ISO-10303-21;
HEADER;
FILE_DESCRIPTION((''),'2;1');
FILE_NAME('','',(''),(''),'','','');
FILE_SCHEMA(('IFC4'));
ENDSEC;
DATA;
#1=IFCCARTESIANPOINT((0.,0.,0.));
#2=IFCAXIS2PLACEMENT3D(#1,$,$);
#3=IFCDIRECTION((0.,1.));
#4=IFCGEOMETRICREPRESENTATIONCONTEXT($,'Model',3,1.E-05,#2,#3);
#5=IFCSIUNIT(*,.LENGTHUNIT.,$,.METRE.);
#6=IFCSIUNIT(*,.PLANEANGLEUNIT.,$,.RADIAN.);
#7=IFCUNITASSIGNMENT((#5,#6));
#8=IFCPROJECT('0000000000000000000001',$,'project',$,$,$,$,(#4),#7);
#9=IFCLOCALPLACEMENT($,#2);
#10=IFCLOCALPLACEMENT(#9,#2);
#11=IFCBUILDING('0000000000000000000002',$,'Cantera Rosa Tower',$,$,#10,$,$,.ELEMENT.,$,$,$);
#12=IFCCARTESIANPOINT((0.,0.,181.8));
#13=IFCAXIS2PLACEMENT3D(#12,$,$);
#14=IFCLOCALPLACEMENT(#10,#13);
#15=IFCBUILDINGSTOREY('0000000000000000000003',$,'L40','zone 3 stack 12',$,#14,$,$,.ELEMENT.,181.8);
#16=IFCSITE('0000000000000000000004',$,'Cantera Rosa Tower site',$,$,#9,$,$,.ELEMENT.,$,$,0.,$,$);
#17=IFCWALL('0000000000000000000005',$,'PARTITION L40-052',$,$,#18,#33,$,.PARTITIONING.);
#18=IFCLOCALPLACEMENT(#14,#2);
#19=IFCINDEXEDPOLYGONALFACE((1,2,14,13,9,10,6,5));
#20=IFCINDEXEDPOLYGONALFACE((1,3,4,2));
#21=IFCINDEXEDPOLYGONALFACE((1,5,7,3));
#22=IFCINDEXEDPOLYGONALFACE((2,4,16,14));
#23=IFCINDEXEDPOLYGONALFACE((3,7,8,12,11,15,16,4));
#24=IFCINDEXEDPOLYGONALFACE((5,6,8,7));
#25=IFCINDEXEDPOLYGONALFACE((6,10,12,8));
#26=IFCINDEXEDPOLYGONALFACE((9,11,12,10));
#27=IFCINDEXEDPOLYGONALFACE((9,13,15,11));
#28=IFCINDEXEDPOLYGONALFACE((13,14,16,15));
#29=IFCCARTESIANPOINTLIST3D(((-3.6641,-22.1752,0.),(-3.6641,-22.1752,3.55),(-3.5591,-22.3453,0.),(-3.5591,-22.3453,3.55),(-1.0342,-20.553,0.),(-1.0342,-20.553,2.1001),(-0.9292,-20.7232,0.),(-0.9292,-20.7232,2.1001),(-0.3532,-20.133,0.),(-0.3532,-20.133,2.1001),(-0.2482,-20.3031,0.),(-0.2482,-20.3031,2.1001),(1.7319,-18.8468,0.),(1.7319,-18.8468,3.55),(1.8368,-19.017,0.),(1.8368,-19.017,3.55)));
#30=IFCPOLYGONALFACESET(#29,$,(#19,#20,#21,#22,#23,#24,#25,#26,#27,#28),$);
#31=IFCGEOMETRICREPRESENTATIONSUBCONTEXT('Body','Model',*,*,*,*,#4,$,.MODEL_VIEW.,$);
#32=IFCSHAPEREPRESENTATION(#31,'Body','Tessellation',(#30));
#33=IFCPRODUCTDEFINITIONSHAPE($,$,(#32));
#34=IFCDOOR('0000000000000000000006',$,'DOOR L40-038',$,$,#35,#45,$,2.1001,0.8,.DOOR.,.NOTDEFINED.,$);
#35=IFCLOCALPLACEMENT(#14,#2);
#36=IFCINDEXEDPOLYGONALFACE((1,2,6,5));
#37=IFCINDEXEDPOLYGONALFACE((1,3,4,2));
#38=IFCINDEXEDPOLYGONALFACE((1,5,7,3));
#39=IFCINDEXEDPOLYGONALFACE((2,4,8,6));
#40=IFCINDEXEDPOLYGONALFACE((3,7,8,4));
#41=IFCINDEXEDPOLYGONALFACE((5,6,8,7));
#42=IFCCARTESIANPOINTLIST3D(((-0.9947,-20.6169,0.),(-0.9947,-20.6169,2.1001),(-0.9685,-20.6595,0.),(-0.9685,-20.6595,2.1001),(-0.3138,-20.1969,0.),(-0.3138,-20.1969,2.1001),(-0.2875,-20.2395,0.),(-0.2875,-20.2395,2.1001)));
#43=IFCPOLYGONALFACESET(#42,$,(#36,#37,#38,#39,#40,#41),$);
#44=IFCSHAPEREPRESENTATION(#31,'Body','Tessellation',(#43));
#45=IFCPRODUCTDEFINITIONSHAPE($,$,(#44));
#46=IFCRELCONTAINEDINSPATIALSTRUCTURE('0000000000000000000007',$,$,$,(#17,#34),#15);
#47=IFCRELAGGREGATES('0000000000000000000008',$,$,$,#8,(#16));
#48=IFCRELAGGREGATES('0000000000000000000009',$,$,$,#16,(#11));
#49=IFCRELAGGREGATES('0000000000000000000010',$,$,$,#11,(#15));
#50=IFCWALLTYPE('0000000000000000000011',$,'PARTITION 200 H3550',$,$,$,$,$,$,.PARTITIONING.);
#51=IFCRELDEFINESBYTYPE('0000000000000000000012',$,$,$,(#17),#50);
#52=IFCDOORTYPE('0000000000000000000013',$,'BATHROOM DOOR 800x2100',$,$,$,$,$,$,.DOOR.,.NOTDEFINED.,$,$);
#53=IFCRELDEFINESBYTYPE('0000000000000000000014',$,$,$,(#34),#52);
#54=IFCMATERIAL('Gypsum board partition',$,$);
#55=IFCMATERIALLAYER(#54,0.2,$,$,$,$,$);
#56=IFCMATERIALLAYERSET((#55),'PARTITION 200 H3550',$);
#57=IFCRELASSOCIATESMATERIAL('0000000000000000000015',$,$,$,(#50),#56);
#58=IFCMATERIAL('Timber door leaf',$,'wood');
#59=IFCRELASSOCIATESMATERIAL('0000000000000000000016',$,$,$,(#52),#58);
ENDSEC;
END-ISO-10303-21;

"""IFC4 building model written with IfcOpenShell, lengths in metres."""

from ifc_helpers import new_model, si_unit, direction, frame, frame_2d, origin, place, context, subcontext, project, spatial, rectangle, extrude, material, layer, layer_set, type_object, element, fill, save


model = new_model("IFC4")

# Units and contexts
model_context = context("Model", 3, precision=1e-05, world=origin(), true_north=direction((0.0, 1.0)))
body_context = subcontext(model_context, "Body", "Model", "MODEL_VIEW")
ifc_project = project(units=[si_unit("LENGTHUNIT", "METRE"), si_unit("PLANEANGLEUNIT", "RADIAN")], contexts=[model_context])

# Site, building, storey
site_placement = place(None, origin())
site = spatial("IfcSite", under=ifc_project, at=site_placement, Name="Cantera Rosa Tower site", CompositionType="ELEMENT", RefElevation=0.0)
building_placement = place(site_placement, origin())
building = spatial("IfcBuilding", under=site, at=building_placement, Name="Cantera Rosa Tower", CompositionType="ELEMENT")
storey_placement = place(building_placement, frame((0.0, 0.0, 181.8)))
storey = spatial("IfcBuildingStorey", under=building, at=storey_placement, Name="L40", Description="zone 3 stack 12", CompositionType="ELEMENT", Elevation=181.8)

# Wall, opening, door
ifc_material_1 = material(Name="Gypsum board partition")
ifc_layer_1 = layer(ifc_material_1, 0.2)
ifc_layer_set_1 = layer_set([ifc_layer_1], Name="PARTITION 200 H3550")
wall_type_1 = type_object("IfcWallType", Name="PARTITION 200 H3550", PredefinedType="PARTITIONING", material=ifc_layer_set_1)
ifc_material_2 = material(Name="Timber door leaf", Category="wood")
door_type_1 = type_object("IfcDoorType", Name="BATHROOM DOOR 800x2100", OperationType="NOTDEFINED", PredefinedType="DOOR", material=ifc_material_2)
wall_1_placement = place(storey_placement, frame((-3.6116, -22.2603, 0.0), z_axis=(0.0, 0.0, 1.0), x_axis=(0.851112, 0.524984, 0.0)))
wall_1 = element("IfcWall", 1, at=wall_1_placement, inside=storey, type_object=wall_type_1, Name="PARTITION L40-052", PredefinedType="PARTITIONING", context=body_context, shape_type="SweptSolid", body=[
    extrude(rectangle(XDim=6.3398, YDim=0.2, at=frame_2d((3.1699, 0.0))), origin(), (0.0, 0.0, 1.0), 3.55),
])
opening_1_placement = place(wall_1_placement, frame((3.0901, 0.0, 0.0)))
opening_1 = element("IfcOpeningElement", 2, at=opening_1_placement, cuts=wall_1, PredefinedType="OPENING", context=body_context, shape_type="SweptSolid", body=[
    extrude(rectangle(XDim=0.8, YDim=2.1001, at=frame_2d((0.3999, 1.05))), frame((0.0, 0.1099, 0.0), z_axis=(0.0, -1.0, 0.0), x_axis=(1.0, 0.0, 0.0)), (0.0, 0.0, 1.0), 0.22),
])
door_1_placement = place(opening_1_placement, origin())
door_1 = element("IfcDoor", 3, at=door_1_placement, inside=storey, type_object=door_type_1, Name="DOOR L40-038", OperationType="NOTDEFINED", OverallHeight=2.1001, OverallWidth=0.8, PredefinedType="DOOR", context=body_context, shape_type="SweptSolid", body=[
    extrude(rectangle(XDim=0.8, YDim=2.1001, at=frame_2d((0.3999, 1.05))), frame((0.0, 0.0249, 0.0), z_axis=(0.0, -1.0, 0.0), x_axis=(1.0, 0.0, 0.0)), (0.0, 0.0, 1.0), 0.05),
])
fill(opening_1, door_1)

save(model, "model.ifc")
